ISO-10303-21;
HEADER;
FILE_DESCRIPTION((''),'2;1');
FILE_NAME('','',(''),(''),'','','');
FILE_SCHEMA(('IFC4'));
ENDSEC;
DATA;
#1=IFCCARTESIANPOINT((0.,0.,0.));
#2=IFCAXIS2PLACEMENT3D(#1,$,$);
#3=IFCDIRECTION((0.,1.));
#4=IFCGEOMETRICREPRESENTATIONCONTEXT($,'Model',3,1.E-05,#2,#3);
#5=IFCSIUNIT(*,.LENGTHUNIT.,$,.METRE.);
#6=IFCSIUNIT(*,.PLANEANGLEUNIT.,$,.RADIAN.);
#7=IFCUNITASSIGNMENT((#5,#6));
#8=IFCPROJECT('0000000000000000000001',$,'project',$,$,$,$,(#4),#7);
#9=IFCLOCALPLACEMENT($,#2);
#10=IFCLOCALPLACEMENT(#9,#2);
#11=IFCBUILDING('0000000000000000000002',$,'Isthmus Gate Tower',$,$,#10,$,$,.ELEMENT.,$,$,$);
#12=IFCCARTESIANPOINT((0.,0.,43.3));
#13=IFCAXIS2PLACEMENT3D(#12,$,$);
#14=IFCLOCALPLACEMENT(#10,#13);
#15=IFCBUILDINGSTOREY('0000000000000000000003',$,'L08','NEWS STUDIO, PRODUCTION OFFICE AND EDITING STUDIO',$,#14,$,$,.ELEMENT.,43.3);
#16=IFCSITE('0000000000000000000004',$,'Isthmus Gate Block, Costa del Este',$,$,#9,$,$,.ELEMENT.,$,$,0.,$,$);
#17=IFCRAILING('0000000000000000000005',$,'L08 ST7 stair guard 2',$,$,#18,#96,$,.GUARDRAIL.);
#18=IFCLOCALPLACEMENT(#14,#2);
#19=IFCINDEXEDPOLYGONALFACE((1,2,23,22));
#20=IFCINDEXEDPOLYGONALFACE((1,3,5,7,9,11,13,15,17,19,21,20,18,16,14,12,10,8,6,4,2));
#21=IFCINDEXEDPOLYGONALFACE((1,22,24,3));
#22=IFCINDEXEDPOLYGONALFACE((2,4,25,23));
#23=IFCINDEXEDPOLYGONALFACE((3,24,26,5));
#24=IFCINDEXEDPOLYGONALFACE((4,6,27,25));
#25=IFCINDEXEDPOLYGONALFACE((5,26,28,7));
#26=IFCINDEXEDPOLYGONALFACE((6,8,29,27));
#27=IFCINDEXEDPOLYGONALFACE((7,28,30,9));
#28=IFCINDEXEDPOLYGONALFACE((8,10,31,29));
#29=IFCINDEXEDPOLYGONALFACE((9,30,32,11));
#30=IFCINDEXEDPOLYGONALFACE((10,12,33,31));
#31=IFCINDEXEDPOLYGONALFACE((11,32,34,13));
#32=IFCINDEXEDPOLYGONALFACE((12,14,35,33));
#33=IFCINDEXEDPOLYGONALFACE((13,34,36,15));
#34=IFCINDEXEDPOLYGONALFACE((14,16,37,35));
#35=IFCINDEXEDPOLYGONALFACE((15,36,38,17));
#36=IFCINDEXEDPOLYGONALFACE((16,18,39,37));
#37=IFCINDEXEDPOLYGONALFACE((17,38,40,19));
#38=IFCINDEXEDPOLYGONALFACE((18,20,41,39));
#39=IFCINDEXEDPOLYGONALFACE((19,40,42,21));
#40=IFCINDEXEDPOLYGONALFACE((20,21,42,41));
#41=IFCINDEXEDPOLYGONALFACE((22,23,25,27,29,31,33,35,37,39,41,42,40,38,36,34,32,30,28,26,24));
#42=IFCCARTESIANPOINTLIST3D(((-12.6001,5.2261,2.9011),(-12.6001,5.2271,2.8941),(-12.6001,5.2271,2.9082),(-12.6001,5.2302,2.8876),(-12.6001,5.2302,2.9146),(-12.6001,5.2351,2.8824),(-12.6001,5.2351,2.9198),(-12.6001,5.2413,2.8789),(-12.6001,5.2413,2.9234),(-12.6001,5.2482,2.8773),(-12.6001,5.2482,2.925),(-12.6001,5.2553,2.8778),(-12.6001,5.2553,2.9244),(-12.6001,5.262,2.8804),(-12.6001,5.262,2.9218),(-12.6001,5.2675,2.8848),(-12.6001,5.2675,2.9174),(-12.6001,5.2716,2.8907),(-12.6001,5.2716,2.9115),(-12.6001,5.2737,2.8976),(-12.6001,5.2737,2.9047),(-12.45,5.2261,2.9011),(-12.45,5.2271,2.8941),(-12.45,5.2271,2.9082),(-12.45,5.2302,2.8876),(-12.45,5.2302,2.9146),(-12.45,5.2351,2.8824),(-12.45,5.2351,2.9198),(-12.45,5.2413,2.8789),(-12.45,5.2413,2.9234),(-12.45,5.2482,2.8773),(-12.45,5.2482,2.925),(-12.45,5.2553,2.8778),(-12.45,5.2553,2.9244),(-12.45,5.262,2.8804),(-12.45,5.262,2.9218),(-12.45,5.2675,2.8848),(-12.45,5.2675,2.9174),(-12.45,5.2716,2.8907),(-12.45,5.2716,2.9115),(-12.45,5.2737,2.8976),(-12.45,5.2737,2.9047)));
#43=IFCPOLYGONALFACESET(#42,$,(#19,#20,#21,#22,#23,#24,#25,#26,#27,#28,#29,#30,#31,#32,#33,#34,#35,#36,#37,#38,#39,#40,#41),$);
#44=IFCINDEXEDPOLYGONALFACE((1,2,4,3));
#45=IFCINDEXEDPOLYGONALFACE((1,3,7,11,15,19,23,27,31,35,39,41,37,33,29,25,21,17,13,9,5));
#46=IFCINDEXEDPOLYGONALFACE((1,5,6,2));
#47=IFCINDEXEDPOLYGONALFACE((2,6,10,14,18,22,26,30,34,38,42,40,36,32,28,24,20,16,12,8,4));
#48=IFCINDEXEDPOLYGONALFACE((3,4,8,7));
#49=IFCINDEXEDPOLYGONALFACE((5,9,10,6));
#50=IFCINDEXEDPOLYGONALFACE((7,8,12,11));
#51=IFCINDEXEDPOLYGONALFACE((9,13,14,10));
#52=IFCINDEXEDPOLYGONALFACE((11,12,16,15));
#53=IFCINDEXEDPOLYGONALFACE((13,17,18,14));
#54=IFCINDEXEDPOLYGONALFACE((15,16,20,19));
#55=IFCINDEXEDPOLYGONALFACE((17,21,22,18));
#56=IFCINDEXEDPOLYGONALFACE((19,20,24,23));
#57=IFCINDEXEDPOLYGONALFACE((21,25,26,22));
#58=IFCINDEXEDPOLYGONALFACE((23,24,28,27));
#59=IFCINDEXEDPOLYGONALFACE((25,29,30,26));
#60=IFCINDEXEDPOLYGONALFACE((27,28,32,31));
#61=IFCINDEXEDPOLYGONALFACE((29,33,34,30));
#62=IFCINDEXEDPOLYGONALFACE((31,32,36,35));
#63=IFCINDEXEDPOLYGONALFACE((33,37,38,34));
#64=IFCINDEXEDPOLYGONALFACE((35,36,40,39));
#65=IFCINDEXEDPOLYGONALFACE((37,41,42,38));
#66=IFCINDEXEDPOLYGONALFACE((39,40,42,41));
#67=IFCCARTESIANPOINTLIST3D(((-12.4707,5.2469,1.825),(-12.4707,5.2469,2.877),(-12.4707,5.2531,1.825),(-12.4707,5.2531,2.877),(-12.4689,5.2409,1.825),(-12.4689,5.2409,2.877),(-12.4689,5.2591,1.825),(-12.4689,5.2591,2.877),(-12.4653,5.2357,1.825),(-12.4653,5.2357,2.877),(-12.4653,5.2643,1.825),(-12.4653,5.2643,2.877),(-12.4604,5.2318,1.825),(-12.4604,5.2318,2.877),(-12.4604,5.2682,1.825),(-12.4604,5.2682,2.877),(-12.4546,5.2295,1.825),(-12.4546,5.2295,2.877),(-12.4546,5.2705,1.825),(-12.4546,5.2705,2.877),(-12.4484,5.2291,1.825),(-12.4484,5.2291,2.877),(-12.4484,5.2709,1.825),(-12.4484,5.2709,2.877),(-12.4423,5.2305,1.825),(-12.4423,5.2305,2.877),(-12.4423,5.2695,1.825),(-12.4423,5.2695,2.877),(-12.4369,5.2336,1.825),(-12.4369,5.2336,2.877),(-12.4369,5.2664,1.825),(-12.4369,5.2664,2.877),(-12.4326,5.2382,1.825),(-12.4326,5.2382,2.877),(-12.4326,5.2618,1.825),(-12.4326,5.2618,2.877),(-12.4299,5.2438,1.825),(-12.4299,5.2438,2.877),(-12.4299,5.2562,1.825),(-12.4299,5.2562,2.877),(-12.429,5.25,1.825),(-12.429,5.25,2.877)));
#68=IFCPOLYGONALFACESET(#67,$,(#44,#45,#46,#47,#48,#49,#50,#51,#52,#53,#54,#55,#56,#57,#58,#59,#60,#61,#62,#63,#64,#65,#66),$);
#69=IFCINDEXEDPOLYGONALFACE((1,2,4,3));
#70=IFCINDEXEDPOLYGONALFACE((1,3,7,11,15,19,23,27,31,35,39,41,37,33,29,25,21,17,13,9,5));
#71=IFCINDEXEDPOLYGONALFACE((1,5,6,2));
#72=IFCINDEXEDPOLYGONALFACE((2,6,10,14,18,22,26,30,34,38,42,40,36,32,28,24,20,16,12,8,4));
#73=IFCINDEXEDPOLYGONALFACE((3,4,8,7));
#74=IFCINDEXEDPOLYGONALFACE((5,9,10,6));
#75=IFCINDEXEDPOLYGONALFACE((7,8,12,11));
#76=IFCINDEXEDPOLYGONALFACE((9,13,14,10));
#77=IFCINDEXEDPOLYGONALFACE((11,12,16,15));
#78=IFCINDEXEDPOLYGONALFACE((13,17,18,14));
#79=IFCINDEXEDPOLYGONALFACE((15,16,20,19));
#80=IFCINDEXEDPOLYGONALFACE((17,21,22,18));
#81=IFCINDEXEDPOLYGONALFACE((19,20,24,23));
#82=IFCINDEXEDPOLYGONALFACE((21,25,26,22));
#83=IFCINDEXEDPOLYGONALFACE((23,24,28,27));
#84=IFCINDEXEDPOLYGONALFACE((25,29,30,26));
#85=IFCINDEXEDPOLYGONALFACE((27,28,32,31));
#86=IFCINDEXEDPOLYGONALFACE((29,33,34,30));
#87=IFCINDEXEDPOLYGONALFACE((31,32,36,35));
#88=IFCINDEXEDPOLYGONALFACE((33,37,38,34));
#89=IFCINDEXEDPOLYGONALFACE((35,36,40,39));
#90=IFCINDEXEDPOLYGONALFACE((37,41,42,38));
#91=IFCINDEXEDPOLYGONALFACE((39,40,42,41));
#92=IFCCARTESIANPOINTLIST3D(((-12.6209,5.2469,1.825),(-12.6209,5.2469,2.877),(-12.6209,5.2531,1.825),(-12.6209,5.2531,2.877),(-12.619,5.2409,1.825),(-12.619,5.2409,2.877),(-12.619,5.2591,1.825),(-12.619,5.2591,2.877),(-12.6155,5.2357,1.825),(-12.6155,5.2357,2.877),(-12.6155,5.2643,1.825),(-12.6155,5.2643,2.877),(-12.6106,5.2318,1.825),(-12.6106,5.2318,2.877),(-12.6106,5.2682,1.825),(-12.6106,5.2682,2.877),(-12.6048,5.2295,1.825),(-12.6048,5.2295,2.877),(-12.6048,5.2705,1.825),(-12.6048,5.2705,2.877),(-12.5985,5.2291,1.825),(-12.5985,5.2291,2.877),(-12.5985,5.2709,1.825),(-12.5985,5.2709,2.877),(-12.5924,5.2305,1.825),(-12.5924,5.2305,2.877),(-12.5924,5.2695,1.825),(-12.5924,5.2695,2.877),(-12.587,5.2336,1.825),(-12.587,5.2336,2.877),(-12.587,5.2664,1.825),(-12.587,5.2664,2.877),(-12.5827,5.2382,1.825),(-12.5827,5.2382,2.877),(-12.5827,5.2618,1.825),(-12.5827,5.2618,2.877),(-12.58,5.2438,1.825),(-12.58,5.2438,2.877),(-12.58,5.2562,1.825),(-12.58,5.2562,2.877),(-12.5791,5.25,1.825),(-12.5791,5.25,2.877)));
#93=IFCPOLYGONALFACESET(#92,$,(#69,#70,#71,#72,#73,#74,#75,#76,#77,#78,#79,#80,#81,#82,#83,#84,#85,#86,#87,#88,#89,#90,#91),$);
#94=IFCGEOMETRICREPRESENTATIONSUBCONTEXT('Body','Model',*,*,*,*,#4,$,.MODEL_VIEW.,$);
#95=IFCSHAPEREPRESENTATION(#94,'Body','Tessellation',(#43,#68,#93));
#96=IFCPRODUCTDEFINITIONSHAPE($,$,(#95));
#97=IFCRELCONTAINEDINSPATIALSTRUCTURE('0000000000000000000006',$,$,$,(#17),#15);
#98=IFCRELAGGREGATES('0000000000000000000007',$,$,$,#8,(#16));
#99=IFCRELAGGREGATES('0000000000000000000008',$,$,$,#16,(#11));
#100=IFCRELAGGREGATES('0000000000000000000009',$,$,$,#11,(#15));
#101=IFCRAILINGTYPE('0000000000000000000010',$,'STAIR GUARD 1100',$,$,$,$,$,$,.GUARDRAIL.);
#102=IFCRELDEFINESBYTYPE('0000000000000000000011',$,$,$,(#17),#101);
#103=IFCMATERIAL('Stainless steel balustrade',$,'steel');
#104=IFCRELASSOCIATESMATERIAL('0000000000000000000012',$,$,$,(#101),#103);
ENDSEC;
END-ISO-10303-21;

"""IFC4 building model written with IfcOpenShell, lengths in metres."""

from ifc_helpers import new_model, si_unit, direction, frame, origin, origin_2d, place, context, subcontext, project, spatial, circle, extrude, material, type_object, element, save


model = new_model("IFC4")

# Units and contexts
model_context = context("Model", 3, precision=1e-05, world=origin(), true_north=direction((0.0, 1.0)))
body_context = subcontext(model_context, "Body", "Model", "MODEL_VIEW")
ifc_project = project(units=[si_unit("LENGTHUNIT", "METRE"), si_unit("PLANEANGLEUNIT", "RADIAN")], contexts=[model_context])

# Site, building, storey
site_placement = place(None, origin())
site = spatial("IfcSite", under=ifc_project, at=site_placement, Name="Isthmus Gate Block, Costa del Este", CompositionType="ELEMENT", RefElevation=0.0)
building_placement = place(site_placement, origin())
building = spatial("IfcBuilding", under=site, at=building_placement, Name="Isthmus Gate Tower", CompositionType="ELEMENT")
storey_placement = place(building_placement, frame((0.0, 0.0, 43.3)))
storey = spatial("IfcBuildingStorey", under=building, at=storey_placement, Name="L08", Description="NEWS STUDIO, PRODUCTION OFFICE AND EDITING STUDIO", CompositionType="ELEMENT", Elevation=43.3)

# Railing
ifc_material_1 = material(Name="Stainless steel balustrade", Category="steel")
railing_type_1 = type_object("IfcRailingType", Name="STAIR GUARD 1100", PredefinedType="GUARDRAIL", material=ifc_material_1)
railing_1_placement = place(storey_placement, frame((-12.45, 5.25, 1.825)))
element("IfcRailing", 1, at=railing_1_placement, inside=storey, type_object=railing_type_1, Name="L08 ST7 stair guard 2", PredefinedType="GUARDRAIL", context=body_context, shape_type="SweptSolid", body=[
    extrude(circle(Radius=0.0239, at=origin_2d()), frame((0.0, 0.0, 1.0762), z_axis=(-1.0, 0.0, 0.0), x_axis=(0.0, -1.0, 0.0)), (0.0, 0.0, 1.0), 0.1501),
    extrude(circle(Radius=0.021, at=origin_2d()), origin(), (0.0, 0.0, 1.0), 1.052),
    extrude(circle(Radius=0.021, at=origin_2d()), frame((-0.1501, 0.0, 0.0)), (0.0, 0.0, 1.0), 1.052),
])

save(model, "model.ifc")
